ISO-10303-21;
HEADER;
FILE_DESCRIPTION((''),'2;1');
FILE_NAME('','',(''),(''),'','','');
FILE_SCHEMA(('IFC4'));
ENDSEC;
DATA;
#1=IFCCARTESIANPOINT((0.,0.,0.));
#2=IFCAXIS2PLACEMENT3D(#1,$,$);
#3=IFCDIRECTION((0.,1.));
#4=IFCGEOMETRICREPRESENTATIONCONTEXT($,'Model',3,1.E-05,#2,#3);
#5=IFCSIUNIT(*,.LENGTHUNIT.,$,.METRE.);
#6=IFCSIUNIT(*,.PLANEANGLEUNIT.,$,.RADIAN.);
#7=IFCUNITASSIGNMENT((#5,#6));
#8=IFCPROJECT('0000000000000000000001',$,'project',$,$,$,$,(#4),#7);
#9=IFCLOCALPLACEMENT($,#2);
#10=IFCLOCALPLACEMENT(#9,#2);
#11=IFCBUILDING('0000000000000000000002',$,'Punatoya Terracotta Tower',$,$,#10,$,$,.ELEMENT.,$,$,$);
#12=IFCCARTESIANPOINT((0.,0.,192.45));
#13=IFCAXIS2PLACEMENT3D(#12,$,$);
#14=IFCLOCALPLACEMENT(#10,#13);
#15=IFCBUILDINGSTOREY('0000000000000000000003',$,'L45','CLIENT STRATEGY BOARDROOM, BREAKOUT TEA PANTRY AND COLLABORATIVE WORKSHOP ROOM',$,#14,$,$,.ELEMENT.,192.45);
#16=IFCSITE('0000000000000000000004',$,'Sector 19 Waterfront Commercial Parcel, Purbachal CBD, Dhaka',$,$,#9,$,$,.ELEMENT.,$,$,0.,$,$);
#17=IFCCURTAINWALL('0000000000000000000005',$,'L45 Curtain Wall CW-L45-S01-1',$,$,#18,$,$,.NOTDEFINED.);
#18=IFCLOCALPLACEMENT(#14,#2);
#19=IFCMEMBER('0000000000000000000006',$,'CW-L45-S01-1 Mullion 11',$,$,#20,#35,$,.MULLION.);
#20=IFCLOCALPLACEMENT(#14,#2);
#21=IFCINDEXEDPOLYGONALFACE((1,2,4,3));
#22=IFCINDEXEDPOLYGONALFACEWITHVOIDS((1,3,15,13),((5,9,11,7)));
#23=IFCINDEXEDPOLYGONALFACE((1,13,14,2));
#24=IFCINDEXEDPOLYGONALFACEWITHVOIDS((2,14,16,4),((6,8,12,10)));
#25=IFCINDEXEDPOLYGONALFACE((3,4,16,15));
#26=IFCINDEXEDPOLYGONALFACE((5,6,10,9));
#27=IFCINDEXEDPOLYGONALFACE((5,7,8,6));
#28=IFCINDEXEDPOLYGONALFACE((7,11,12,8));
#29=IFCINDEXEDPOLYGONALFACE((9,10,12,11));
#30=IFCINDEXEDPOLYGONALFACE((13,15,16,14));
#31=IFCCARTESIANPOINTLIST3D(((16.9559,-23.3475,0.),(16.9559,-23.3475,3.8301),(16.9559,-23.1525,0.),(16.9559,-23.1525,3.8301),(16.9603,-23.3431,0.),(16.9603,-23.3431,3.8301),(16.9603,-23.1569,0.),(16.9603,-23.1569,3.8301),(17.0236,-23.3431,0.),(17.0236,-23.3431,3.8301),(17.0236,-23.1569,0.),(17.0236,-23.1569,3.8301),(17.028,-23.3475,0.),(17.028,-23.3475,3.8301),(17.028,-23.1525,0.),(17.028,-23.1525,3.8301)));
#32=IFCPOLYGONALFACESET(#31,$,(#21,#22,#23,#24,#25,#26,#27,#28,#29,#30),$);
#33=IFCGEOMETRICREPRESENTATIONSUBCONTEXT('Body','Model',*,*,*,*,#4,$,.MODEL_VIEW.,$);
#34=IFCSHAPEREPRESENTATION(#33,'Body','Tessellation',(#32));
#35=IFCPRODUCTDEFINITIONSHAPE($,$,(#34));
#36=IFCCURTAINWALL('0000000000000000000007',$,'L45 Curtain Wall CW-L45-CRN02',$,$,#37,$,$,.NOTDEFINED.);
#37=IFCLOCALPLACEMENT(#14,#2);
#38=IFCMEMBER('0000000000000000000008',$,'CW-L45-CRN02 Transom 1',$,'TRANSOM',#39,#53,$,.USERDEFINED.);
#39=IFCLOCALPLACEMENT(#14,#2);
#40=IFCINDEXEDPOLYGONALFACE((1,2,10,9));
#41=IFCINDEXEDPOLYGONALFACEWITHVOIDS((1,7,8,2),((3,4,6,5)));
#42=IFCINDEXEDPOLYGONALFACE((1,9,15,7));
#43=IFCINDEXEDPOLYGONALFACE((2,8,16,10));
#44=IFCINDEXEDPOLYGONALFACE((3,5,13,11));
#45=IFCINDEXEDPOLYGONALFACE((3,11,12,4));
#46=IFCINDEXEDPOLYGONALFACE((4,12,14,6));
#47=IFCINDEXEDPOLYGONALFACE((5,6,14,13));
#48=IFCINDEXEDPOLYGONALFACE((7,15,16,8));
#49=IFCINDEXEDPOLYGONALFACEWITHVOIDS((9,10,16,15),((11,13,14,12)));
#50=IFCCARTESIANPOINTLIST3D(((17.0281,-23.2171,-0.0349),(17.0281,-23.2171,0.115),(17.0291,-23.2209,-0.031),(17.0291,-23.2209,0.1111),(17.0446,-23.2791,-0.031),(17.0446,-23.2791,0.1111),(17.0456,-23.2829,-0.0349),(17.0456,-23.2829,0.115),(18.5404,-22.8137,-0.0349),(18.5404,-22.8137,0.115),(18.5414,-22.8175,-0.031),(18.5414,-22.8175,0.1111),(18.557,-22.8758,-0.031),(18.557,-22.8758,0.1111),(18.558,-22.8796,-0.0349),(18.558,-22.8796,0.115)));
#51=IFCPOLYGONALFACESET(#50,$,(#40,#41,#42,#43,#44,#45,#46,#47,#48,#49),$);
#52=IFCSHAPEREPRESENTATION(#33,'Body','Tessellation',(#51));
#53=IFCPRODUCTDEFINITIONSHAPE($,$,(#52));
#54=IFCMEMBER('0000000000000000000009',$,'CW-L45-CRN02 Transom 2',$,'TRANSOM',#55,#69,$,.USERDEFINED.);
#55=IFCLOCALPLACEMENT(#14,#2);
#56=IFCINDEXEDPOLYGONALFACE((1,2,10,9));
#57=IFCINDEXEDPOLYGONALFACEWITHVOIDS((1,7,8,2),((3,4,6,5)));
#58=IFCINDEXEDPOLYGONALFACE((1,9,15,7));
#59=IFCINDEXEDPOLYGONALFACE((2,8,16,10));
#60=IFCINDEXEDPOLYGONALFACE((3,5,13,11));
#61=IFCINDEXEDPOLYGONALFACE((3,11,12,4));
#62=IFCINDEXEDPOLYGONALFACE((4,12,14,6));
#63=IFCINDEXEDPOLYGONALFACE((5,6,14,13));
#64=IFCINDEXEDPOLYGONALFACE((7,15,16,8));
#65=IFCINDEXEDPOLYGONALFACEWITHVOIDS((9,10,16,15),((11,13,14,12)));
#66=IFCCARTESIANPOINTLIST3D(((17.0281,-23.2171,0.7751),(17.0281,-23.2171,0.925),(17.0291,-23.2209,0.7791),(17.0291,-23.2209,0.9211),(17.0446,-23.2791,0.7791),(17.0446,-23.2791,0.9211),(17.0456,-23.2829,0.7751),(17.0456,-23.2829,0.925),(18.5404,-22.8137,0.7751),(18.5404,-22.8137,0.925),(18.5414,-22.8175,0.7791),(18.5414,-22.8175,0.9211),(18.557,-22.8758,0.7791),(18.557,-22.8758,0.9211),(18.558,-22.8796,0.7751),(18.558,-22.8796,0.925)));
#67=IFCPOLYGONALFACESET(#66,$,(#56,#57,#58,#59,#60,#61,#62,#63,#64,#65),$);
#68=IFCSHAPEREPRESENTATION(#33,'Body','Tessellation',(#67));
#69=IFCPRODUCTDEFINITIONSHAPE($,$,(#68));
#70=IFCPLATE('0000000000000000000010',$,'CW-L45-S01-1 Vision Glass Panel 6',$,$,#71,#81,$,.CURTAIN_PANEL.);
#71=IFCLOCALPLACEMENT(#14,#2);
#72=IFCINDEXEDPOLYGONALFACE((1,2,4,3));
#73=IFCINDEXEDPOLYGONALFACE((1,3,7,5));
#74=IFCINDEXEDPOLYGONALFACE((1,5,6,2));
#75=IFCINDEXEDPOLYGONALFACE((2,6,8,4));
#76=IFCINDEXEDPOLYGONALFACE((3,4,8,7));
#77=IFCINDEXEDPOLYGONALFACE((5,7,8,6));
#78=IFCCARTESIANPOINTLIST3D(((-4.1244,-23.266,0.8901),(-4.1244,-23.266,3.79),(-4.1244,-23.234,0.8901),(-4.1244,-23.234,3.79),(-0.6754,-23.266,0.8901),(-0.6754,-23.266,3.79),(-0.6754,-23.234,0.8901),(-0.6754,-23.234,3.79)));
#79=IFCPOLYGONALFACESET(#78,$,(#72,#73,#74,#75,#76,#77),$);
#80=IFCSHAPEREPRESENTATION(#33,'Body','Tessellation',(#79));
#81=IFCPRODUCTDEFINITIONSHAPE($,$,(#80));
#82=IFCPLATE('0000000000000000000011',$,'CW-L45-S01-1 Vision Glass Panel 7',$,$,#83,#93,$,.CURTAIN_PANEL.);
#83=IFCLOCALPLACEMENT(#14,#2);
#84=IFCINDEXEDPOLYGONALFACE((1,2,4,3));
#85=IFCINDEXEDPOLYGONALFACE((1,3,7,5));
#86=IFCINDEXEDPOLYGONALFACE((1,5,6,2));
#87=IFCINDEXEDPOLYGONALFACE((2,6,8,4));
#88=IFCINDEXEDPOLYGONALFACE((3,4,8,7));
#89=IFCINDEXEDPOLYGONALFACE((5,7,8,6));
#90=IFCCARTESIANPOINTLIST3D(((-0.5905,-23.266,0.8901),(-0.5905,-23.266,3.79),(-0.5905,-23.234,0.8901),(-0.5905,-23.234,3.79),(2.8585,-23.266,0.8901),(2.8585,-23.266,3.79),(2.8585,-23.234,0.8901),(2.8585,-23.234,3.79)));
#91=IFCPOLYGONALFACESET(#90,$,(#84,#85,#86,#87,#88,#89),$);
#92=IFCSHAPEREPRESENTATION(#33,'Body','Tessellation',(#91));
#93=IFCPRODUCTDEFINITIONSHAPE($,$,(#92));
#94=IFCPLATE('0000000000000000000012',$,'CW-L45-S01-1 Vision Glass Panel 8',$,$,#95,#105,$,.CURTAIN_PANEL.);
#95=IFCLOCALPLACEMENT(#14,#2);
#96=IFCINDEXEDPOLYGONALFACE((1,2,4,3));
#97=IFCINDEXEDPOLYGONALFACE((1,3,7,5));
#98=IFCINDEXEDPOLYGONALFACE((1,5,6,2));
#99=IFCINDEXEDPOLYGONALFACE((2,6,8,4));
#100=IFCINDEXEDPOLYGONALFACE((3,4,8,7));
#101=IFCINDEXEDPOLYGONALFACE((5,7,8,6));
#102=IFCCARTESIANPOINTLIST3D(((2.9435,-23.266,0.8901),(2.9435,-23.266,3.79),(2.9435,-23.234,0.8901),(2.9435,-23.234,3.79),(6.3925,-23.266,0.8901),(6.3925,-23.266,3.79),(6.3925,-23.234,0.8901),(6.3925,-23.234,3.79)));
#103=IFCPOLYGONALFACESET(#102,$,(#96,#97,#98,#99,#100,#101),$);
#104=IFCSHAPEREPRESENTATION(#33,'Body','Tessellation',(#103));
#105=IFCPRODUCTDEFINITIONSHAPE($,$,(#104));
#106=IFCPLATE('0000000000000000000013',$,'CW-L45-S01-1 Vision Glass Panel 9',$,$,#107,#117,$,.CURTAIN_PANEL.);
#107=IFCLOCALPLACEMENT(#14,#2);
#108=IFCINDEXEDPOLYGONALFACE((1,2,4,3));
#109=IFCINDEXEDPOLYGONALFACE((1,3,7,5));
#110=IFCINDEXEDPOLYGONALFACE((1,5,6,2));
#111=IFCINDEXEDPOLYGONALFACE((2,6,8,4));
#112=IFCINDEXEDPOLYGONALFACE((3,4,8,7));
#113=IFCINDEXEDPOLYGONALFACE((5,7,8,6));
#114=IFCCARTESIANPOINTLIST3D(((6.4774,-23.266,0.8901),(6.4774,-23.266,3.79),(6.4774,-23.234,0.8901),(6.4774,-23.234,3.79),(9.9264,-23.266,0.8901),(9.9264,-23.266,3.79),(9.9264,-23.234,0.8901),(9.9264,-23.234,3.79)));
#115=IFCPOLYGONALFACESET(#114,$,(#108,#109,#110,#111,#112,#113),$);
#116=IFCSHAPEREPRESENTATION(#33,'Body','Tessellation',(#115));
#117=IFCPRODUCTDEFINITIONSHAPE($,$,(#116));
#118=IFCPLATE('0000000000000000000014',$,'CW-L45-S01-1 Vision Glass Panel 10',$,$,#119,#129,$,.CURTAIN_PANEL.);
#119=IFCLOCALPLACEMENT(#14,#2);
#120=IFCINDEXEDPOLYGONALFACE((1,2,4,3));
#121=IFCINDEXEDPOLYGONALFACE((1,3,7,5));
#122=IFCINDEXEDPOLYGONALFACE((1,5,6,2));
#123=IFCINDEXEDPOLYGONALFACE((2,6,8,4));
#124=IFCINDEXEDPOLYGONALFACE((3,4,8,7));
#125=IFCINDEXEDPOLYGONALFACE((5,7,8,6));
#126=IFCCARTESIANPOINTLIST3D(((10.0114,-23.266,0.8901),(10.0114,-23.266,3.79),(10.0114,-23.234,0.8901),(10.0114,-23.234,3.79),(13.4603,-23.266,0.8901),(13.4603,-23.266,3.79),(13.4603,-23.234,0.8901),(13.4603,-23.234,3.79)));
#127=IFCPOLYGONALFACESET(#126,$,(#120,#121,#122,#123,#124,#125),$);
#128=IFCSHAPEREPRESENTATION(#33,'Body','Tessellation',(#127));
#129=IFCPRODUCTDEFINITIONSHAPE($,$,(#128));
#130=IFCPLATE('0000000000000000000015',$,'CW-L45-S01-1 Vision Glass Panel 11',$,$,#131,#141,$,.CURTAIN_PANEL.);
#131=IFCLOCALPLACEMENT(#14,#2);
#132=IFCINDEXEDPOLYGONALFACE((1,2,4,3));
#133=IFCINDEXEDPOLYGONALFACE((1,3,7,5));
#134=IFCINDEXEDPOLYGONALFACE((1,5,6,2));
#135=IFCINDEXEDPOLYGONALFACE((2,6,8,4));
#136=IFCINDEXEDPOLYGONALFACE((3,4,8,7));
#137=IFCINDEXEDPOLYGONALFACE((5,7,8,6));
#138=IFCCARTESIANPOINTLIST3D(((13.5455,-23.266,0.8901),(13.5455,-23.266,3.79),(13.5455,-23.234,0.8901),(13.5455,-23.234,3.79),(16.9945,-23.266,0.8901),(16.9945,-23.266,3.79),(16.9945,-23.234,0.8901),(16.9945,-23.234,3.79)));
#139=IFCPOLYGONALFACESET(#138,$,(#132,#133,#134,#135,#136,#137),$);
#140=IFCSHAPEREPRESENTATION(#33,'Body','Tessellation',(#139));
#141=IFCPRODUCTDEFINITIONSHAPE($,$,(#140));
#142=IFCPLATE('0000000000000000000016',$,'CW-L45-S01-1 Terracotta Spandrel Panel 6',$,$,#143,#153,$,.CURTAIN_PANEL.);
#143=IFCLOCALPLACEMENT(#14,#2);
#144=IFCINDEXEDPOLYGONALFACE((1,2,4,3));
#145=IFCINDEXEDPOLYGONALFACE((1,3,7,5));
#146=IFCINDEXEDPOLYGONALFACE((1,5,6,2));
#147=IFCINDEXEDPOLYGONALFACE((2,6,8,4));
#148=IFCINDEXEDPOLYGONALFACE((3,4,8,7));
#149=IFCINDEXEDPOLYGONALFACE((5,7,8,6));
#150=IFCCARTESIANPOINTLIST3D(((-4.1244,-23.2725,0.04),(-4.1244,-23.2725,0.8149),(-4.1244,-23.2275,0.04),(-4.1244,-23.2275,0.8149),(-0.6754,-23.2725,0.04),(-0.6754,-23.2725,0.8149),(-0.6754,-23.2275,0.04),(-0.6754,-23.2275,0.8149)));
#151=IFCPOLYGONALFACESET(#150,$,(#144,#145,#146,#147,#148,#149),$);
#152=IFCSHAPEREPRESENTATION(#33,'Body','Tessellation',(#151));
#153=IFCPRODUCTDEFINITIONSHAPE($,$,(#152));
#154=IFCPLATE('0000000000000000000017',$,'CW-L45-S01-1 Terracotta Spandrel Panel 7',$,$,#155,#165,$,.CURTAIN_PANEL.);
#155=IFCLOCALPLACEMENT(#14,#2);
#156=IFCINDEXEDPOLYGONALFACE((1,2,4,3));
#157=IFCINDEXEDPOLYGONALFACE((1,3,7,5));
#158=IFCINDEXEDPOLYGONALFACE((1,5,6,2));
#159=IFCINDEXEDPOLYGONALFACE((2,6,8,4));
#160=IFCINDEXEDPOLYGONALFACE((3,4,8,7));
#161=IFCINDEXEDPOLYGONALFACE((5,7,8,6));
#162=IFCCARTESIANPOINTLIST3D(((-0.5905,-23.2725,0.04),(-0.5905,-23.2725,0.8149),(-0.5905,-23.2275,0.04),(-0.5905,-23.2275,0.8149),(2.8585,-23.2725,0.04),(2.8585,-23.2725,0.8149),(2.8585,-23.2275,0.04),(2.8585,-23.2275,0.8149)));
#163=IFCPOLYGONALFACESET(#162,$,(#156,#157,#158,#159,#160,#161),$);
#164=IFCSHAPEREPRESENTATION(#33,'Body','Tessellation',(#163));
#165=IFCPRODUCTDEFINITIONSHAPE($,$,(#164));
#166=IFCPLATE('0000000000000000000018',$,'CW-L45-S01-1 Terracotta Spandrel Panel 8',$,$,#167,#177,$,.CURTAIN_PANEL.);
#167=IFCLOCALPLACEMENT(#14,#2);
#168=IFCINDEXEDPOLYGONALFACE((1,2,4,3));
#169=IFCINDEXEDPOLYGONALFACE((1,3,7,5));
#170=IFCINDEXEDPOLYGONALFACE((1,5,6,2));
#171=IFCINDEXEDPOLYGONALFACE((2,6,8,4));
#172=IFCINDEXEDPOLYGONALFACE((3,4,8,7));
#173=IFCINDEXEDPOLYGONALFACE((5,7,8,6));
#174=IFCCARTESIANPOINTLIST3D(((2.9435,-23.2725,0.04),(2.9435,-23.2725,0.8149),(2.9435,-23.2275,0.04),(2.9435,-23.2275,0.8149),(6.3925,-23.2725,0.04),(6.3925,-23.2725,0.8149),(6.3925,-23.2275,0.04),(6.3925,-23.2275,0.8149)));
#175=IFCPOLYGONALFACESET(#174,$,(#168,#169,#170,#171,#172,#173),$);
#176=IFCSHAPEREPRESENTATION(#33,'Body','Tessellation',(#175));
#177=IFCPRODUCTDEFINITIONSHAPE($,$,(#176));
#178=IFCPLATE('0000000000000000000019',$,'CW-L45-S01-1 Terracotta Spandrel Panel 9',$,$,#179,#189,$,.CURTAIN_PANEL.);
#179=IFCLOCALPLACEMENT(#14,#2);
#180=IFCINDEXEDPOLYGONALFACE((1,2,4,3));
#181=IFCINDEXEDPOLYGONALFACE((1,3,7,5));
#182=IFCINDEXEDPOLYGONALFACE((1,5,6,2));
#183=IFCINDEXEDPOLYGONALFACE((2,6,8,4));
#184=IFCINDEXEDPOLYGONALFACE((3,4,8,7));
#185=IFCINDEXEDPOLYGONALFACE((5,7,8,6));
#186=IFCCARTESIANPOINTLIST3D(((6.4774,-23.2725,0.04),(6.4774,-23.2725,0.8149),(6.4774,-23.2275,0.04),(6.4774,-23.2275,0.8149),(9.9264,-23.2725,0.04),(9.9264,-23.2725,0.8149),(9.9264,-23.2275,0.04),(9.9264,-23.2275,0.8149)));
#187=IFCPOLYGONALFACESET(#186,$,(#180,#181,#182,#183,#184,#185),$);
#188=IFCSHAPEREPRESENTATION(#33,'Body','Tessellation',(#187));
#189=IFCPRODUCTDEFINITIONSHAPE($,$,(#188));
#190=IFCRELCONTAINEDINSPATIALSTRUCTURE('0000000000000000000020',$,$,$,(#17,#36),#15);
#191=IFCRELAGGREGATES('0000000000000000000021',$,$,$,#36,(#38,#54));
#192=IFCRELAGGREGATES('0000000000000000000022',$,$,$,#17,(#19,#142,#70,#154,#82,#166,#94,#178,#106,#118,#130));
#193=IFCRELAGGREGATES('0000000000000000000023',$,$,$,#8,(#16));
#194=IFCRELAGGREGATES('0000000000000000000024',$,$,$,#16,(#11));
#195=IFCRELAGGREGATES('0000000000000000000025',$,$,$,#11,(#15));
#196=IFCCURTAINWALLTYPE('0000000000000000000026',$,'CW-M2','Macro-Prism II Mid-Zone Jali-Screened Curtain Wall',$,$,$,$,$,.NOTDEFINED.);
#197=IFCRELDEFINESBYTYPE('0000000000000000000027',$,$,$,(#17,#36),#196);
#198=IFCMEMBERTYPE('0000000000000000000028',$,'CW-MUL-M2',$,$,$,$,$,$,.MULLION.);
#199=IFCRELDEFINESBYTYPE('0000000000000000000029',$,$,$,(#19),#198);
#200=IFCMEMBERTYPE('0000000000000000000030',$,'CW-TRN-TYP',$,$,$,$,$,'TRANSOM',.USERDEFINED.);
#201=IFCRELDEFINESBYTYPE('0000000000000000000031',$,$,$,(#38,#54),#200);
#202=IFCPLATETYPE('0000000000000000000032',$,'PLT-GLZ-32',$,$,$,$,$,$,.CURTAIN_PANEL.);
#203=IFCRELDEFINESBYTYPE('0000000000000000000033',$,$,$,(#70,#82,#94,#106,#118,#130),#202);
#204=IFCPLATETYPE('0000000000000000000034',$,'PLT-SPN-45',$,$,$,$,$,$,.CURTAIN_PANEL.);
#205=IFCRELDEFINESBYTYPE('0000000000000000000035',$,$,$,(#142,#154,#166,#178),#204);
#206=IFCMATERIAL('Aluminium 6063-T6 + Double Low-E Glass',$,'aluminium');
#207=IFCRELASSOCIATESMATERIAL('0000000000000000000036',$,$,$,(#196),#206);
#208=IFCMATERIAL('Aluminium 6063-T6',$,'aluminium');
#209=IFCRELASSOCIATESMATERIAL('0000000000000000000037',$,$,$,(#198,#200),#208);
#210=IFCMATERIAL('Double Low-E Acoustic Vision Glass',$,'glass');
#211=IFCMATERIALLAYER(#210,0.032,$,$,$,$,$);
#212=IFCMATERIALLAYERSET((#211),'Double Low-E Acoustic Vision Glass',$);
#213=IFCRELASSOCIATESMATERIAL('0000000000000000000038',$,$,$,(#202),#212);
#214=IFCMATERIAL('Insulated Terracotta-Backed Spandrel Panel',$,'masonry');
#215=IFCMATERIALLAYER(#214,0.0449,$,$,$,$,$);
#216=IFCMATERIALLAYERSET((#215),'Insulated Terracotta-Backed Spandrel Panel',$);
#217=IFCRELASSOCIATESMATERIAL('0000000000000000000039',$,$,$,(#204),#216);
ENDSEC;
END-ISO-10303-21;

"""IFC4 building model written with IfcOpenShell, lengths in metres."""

from ifc_helpers import new_model, si_unit, direction, frame, origin, origin_2d, place, context, subcontext, project, spatial, rectangle, hollow_rectangle, extrude, material, layer, layer_set, material_profile, profile_set, type_object, element, aggregate, save


model = new_model("IFC4")

# Units and contexts
model_context = context("Model", 3, precision=1e-05, world=origin(), true_north=direction((0.0, 1.0)))
body_context = subcontext(model_context, "Body", "Model", "MODEL_VIEW")
ifc_project = project(units=[si_unit("LENGTHUNIT", "METRE"), si_unit("PLANEANGLEUNIT", "RADIAN")], contexts=[model_context])

# Site, building, storey
site_placement = place(None, origin())
site = spatial("IfcSite", under=ifc_project, at=site_placement, Name="Sector 19 Waterfront Commercial Parcel, Purbachal CBD, Dhaka", CompositionType="ELEMENT", RefElevation=0.0)
building_placement = place(site_placement, origin())
building = spatial("IfcBuilding", under=site, at=building_placement, Name="Punatoya Terracotta Tower", CompositionType="ELEMENT")
storey_placement = place(building_placement, frame((0.0, 0.0, 192.45)))
storey = spatial("IfcBuildingStorey", under=building, at=storey_placement, Name="L45", Description="CLIENT STRATEGY BOARDROOM, BREAKOUT TEA PANTRY AND COLLABORATIVE WORKSHOP ROOM", CompositionType="ELEMENT", Elevation=192.45)

# Curtain walls, members
ifc_material_1 = material(Name="Aluminium 6063-T6 + Double Low-E Glass", Category="aluminium")
curtain_wall_type = type_object("IfcCurtainWallType", Name="CW-M2", Description="Macro-Prism II Mid-Zone Jali-Screened Curtain Wall", PredefinedType="NOTDEFINED", material=ifc_material_1)
curtain_wall_1_placement = place(storey_placement, origin())
curtain_wall_1 = element("IfcCurtainWall", 1, at=curtain_wall_1_placement, inside=storey, type_object=curtain_wall_type, Name="L45 Curtain Wall CW-L45-S01-1", PredefinedType="NOTDEFINED")
ifc_material_2 = material(Name="Aluminium 6063-T6", Category="aluminium")
ifc_material_profile_1 = material_profile(ifc_material_2, hollow_rectangle(XDim=0.072, YDim=0.1951, WallThickness=0.0044, at=origin_2d()))
ifc_profile_set_1 = profile_set([ifc_material_profile_1], Name="Aluminium 6063-T6")
member_type_1 = type_object("IfcMemberType", Name="CW-MUL-M2", PredefinedType="MULLION", material=ifc_profile_set_1)
member_1_placement = place(storey_placement, frame((16.9919, -23.25, 0.0), z_axis=(0.0, 0.0, 1.0), x_axis=(1.0, 0.0, 0.0)))
member_1 = element("IfcMember", 2, at=member_1_placement, type_object=member_type_1, Name="CW-L45-S01-1 Mullion 11", PredefinedType="MULLION", context=body_context, shape_type="SweptSolid", body=[
    extrude(hollow_rectangle(XDim=0.072, YDim=0.1951, WallThickness=0.0044, at=origin_2d()), origin(), (0.0, 0.0, 1.0), 3.8301),
])
curtain_wall_2_placement = place(storey_placement, origin())
curtain_wall_2 = element("IfcCurtainWall", 3, at=curtain_wall_2_placement, inside=storey, type_object=curtain_wall_type, Name="L45 Curtain Wall CW-L45-CRN02", PredefinedType="NOTDEFINED")
ifc_material_profile_2 = material_profile(ifc_material_2, hollow_rectangle(XDim=0.0681, YDim=0.1499, WallThickness=0.0039, at=origin_2d()))
ifc_profile_set_2 = profile_set([ifc_material_profile_2], Name="Aluminium 6063-T6")
member_type_2 = type_object("IfcMemberType", Name="CW-TRN-TYP", ElementType="TRANSOM", PredefinedType="USERDEFINED", material=ifc_profile_set_2)
member_2_placement = place(storey_placement, frame((17.0369, -23.25, 0.04), z_axis=(0.966225, 0.257701, 0.0), x_axis=(-0.257701, 0.966225, 0.0)))
member_2 = element("IfcMember", 4, at=member_2_placement, type_object=member_type_2, Name="CW-L45-CRN02 Transom 1", ObjectType="TRANSOM", PredefinedType="USERDEFINED", context=body_context, shape_type="SweptSolid", body=[
    extrude(hollow_rectangle(XDim=0.0681, YDim=0.1499, WallThickness=0.0039, at=origin_2d()), origin(), (0.0, 0.0, 1.0), 1.5652),
])
member_3_placement = place(storey_placement, frame((17.0369, -23.25, 0.8501), z_axis=(0.966225, 0.257701, 0.0), x_axis=(-0.257701, 0.966225, 0.0)))
member_3 = element("IfcMember", 5, at=member_3_placement, type_object=member_type_2, Name="CW-L45-CRN02 Transom 2", ObjectType="TRANSOM", PredefinedType="USERDEFINED", context=body_context, shape_type="SweptSolid", body=[
    extrude(hollow_rectangle(XDim=0.0681, YDim=0.1499, WallThickness=0.0039, at=origin_2d()), origin(), (0.0, 0.0, 1.0), 1.5652),
])
aggregate(curtain_wall_2, [member_2, member_3])

# Plates
ifc_material_3 = material(Name="Double Low-E Acoustic Vision Glass", Category="glass")
ifc_layer_1 = layer(ifc_material_3, 0.032)
ifc_layer_set_1 = layer_set([ifc_layer_1], Name="Double Low-E Acoustic Vision Glass")
plate_type_1 = type_object("IfcPlateType", Name="PLT-GLZ-32", PredefinedType="CURTAIN_PANEL", material=ifc_layer_set_1)
plate_1_placement = place(storey_placement, frame((-2.3999, -23.25, 0.8901), z_axis=(0.0, 0.0, 1.0), x_axis=(1.0, 0.0, 0.0)))
plate_1 = element("IfcPlate", 6, at=plate_1_placement, type_object=plate_type_1, Name="CW-L45-S01-1 Vision Glass Panel 6", PredefinedType="CURTAIN_PANEL", context=body_context, shape_type="SweptSolid", body=[
    extrude(rectangle(XDim=3.449, YDim=0.032, at=origin_2d()), origin(), (0.0, 0.0, 1.0), 2.8999),
])
plate_2_placement = place(storey_placement, frame((1.134, -23.25, 0.8901), z_axis=(0.0, 0.0, 1.0), x_axis=(1.0, 0.0, 0.0)))
plate_2 = element("IfcPlate", 7, at=plate_2_placement, type_object=plate_type_1, Name="CW-L45-S01-1 Vision Glass Panel 7", PredefinedType="CURTAIN_PANEL", context=body_context, shape_type="SweptSolid", body=[
    extrude(rectangle(XDim=3.449, YDim=0.032, at=origin_2d()), origin(), (0.0, 0.0, 1.0), 2.8999),
])
plate_3_placement = place(storey_placement, frame((4.668, -23.25, 0.8901), z_axis=(0.0, 0.0, 1.0), x_axis=(1.0, 0.0, 0.0)))
plate_3 = element("IfcPlate", 8, at=plate_3_placement, type_object=plate_type_1, Name="CW-L45-S01-1 Vision Glass Panel 8", PredefinedType="CURTAIN_PANEL", context=body_context, shape_type="SweptSolid", body=[
    extrude(rectangle(XDim=3.449, YDim=0.032, at=origin_2d()), origin(), (0.0, 0.0, 1.0), 2.8999),
])
plate_4_placement = place(storey_placement, frame((8.2019, -23.25, 0.8901), z_axis=(0.0, 0.0, 1.0), x_axis=(1.0, 0.0, 0.0)))
plate_4 = element("IfcPlate", 9, at=plate_4_placement, type_object=plate_type_1, Name="CW-L45-S01-1 Vision Glass Panel 9", PredefinedType="CURTAIN_PANEL", context=body_context, shape_type="SweptSolid", body=[
    extrude(rectangle(XDim=3.449, YDim=0.032, at=origin_2d()), origin(), (0.0, 0.0, 1.0), 2.8999),
])
plate_5_placement = place(storey_placement, frame((11.7358, -23.25, 0.8901), z_axis=(0.0, 0.0, 1.0), x_axis=(1.0, 0.0, 0.0)))
plate_5 = element("IfcPlate", 10, at=plate_5_placement, type_object=plate_type_1, Name="CW-L45-S01-1 Vision Glass Panel 10", PredefinedType="CURTAIN_PANEL", context=body_context, shape_type="SweptSolid", body=[
    extrude(rectangle(XDim=3.449, YDim=0.032, at=origin_2d()), origin(), (0.0, 0.0, 1.0), 2.8999),
])
plate_6_placement = place(storey_placement, frame((15.27, -23.25, 0.8901), z_axis=(0.0, 0.0, 1.0), x_axis=(1.0, 0.0, 0.0)))
plate_6 = element("IfcPlate", 11, at=plate_6_placement, type_object=plate_type_1, Name="CW-L45-S01-1 Vision Glass Panel 11", PredefinedType="CURTAIN_PANEL", context=body_context, shape_type="SweptSolid", body=[
    extrude(rectangle(XDim=3.449, YDim=0.032, at=origin_2d()), origin(), (0.0, 0.0, 1.0), 2.8999),
])
ifc_material_4 = material(Name="Insulated Terracotta-Backed Spandrel Panel", Category="masonry")
ifc_layer_2 = layer(ifc_material_4, 0.0449)
ifc_layer_set_2 = layer_set([ifc_layer_2], Name="Insulated Terracotta-Backed Spandrel Panel")
plate_type_2 = type_object("IfcPlateType", Name="PLT-SPN-45", PredefinedType="CURTAIN_PANEL", material=ifc_layer_set_2)
plate_7_placement = place(storey_placement, frame((-2.3999, -23.25, 0.04), z_axis=(0.0, 0.0, 1.0), x_axis=(1.0, 0.0, 0.0)))
plate_7 = element("IfcPlate", 12, at=plate_7_placement, type_object=plate_type_2, Name="CW-L45-S01-1 Terracotta Spandrel Panel 6", PredefinedType="CURTAIN_PANEL", context=body_context, shape_type="SweptSolid", body=[
    extrude(rectangle(XDim=3.449, YDim=0.0449, at=origin_2d()), origin(), (0.0, 0.0, 1.0), 0.7749),
])
plate_8_placement = place(storey_placement, frame((1.134, -23.25, 0.04), z_axis=(0.0, 0.0, 1.0), x_axis=(1.0, 0.0, 0.0)))
plate_8 = element("IfcPlate", 13, at=plate_8_placement, type_object=plate_type_2, Name="CW-L45-S01-1 Terracotta Spandrel Panel 7", PredefinedType="CURTAIN_PANEL", context=body_context, shape_type="SweptSolid", body=[
    extrude(rectangle(XDim=3.449, YDim=0.0449, at=origin_2d()), origin(), (0.0, 0.0, 1.0), 0.7749),
])
plate_9_placement = place(storey_placement, frame((4.668, -23.25, 0.04), z_axis=(0.0, 0.0, 1.0), x_axis=(1.0, 0.0, 0.0)))
plate_9 = element("IfcPlate", 14, at=plate_9_placement, type_object=plate_type_2, Name="CW-L45-S01-1 Terracotta Spandrel Panel 8", PredefinedType="CURTAIN_PANEL", context=body_context, shape_type="SweptSolid", body=[
    extrude(rectangle(XDim=3.449, YDim=0.0449, at=origin_2d()), origin(), (0.0, 0.0, 1.0), 0.7749),
])
plate_10_placement = place(storey_placement, frame((8.2019, -23.25, 0.04), z_axis=(0.0, 0.0, 1.0), x_axis=(1.0, 0.0, 0.0)))
plate_10 = element("IfcPlate", 15, at=plate_10_placement, type_object=plate_type_2, Name="CW-L45-S01-1 Terracotta Spandrel Panel 9", PredefinedType="CURTAIN_PANEL", context=body_context, shape_type="SweptSolid", body=[
    extrude(rectangle(XDim=3.449, YDim=0.0449, at=origin_2d()), origin(), (0.0, 0.0, 1.0), 0.7749),
])
aggregate(curtain_wall_1, [member_1, plate_7, plate_1, plate_8, plate_2, plate_9, plate_3, plate_10, plate_4, plate_5, plate_6])

save(model, "model.ifc")
